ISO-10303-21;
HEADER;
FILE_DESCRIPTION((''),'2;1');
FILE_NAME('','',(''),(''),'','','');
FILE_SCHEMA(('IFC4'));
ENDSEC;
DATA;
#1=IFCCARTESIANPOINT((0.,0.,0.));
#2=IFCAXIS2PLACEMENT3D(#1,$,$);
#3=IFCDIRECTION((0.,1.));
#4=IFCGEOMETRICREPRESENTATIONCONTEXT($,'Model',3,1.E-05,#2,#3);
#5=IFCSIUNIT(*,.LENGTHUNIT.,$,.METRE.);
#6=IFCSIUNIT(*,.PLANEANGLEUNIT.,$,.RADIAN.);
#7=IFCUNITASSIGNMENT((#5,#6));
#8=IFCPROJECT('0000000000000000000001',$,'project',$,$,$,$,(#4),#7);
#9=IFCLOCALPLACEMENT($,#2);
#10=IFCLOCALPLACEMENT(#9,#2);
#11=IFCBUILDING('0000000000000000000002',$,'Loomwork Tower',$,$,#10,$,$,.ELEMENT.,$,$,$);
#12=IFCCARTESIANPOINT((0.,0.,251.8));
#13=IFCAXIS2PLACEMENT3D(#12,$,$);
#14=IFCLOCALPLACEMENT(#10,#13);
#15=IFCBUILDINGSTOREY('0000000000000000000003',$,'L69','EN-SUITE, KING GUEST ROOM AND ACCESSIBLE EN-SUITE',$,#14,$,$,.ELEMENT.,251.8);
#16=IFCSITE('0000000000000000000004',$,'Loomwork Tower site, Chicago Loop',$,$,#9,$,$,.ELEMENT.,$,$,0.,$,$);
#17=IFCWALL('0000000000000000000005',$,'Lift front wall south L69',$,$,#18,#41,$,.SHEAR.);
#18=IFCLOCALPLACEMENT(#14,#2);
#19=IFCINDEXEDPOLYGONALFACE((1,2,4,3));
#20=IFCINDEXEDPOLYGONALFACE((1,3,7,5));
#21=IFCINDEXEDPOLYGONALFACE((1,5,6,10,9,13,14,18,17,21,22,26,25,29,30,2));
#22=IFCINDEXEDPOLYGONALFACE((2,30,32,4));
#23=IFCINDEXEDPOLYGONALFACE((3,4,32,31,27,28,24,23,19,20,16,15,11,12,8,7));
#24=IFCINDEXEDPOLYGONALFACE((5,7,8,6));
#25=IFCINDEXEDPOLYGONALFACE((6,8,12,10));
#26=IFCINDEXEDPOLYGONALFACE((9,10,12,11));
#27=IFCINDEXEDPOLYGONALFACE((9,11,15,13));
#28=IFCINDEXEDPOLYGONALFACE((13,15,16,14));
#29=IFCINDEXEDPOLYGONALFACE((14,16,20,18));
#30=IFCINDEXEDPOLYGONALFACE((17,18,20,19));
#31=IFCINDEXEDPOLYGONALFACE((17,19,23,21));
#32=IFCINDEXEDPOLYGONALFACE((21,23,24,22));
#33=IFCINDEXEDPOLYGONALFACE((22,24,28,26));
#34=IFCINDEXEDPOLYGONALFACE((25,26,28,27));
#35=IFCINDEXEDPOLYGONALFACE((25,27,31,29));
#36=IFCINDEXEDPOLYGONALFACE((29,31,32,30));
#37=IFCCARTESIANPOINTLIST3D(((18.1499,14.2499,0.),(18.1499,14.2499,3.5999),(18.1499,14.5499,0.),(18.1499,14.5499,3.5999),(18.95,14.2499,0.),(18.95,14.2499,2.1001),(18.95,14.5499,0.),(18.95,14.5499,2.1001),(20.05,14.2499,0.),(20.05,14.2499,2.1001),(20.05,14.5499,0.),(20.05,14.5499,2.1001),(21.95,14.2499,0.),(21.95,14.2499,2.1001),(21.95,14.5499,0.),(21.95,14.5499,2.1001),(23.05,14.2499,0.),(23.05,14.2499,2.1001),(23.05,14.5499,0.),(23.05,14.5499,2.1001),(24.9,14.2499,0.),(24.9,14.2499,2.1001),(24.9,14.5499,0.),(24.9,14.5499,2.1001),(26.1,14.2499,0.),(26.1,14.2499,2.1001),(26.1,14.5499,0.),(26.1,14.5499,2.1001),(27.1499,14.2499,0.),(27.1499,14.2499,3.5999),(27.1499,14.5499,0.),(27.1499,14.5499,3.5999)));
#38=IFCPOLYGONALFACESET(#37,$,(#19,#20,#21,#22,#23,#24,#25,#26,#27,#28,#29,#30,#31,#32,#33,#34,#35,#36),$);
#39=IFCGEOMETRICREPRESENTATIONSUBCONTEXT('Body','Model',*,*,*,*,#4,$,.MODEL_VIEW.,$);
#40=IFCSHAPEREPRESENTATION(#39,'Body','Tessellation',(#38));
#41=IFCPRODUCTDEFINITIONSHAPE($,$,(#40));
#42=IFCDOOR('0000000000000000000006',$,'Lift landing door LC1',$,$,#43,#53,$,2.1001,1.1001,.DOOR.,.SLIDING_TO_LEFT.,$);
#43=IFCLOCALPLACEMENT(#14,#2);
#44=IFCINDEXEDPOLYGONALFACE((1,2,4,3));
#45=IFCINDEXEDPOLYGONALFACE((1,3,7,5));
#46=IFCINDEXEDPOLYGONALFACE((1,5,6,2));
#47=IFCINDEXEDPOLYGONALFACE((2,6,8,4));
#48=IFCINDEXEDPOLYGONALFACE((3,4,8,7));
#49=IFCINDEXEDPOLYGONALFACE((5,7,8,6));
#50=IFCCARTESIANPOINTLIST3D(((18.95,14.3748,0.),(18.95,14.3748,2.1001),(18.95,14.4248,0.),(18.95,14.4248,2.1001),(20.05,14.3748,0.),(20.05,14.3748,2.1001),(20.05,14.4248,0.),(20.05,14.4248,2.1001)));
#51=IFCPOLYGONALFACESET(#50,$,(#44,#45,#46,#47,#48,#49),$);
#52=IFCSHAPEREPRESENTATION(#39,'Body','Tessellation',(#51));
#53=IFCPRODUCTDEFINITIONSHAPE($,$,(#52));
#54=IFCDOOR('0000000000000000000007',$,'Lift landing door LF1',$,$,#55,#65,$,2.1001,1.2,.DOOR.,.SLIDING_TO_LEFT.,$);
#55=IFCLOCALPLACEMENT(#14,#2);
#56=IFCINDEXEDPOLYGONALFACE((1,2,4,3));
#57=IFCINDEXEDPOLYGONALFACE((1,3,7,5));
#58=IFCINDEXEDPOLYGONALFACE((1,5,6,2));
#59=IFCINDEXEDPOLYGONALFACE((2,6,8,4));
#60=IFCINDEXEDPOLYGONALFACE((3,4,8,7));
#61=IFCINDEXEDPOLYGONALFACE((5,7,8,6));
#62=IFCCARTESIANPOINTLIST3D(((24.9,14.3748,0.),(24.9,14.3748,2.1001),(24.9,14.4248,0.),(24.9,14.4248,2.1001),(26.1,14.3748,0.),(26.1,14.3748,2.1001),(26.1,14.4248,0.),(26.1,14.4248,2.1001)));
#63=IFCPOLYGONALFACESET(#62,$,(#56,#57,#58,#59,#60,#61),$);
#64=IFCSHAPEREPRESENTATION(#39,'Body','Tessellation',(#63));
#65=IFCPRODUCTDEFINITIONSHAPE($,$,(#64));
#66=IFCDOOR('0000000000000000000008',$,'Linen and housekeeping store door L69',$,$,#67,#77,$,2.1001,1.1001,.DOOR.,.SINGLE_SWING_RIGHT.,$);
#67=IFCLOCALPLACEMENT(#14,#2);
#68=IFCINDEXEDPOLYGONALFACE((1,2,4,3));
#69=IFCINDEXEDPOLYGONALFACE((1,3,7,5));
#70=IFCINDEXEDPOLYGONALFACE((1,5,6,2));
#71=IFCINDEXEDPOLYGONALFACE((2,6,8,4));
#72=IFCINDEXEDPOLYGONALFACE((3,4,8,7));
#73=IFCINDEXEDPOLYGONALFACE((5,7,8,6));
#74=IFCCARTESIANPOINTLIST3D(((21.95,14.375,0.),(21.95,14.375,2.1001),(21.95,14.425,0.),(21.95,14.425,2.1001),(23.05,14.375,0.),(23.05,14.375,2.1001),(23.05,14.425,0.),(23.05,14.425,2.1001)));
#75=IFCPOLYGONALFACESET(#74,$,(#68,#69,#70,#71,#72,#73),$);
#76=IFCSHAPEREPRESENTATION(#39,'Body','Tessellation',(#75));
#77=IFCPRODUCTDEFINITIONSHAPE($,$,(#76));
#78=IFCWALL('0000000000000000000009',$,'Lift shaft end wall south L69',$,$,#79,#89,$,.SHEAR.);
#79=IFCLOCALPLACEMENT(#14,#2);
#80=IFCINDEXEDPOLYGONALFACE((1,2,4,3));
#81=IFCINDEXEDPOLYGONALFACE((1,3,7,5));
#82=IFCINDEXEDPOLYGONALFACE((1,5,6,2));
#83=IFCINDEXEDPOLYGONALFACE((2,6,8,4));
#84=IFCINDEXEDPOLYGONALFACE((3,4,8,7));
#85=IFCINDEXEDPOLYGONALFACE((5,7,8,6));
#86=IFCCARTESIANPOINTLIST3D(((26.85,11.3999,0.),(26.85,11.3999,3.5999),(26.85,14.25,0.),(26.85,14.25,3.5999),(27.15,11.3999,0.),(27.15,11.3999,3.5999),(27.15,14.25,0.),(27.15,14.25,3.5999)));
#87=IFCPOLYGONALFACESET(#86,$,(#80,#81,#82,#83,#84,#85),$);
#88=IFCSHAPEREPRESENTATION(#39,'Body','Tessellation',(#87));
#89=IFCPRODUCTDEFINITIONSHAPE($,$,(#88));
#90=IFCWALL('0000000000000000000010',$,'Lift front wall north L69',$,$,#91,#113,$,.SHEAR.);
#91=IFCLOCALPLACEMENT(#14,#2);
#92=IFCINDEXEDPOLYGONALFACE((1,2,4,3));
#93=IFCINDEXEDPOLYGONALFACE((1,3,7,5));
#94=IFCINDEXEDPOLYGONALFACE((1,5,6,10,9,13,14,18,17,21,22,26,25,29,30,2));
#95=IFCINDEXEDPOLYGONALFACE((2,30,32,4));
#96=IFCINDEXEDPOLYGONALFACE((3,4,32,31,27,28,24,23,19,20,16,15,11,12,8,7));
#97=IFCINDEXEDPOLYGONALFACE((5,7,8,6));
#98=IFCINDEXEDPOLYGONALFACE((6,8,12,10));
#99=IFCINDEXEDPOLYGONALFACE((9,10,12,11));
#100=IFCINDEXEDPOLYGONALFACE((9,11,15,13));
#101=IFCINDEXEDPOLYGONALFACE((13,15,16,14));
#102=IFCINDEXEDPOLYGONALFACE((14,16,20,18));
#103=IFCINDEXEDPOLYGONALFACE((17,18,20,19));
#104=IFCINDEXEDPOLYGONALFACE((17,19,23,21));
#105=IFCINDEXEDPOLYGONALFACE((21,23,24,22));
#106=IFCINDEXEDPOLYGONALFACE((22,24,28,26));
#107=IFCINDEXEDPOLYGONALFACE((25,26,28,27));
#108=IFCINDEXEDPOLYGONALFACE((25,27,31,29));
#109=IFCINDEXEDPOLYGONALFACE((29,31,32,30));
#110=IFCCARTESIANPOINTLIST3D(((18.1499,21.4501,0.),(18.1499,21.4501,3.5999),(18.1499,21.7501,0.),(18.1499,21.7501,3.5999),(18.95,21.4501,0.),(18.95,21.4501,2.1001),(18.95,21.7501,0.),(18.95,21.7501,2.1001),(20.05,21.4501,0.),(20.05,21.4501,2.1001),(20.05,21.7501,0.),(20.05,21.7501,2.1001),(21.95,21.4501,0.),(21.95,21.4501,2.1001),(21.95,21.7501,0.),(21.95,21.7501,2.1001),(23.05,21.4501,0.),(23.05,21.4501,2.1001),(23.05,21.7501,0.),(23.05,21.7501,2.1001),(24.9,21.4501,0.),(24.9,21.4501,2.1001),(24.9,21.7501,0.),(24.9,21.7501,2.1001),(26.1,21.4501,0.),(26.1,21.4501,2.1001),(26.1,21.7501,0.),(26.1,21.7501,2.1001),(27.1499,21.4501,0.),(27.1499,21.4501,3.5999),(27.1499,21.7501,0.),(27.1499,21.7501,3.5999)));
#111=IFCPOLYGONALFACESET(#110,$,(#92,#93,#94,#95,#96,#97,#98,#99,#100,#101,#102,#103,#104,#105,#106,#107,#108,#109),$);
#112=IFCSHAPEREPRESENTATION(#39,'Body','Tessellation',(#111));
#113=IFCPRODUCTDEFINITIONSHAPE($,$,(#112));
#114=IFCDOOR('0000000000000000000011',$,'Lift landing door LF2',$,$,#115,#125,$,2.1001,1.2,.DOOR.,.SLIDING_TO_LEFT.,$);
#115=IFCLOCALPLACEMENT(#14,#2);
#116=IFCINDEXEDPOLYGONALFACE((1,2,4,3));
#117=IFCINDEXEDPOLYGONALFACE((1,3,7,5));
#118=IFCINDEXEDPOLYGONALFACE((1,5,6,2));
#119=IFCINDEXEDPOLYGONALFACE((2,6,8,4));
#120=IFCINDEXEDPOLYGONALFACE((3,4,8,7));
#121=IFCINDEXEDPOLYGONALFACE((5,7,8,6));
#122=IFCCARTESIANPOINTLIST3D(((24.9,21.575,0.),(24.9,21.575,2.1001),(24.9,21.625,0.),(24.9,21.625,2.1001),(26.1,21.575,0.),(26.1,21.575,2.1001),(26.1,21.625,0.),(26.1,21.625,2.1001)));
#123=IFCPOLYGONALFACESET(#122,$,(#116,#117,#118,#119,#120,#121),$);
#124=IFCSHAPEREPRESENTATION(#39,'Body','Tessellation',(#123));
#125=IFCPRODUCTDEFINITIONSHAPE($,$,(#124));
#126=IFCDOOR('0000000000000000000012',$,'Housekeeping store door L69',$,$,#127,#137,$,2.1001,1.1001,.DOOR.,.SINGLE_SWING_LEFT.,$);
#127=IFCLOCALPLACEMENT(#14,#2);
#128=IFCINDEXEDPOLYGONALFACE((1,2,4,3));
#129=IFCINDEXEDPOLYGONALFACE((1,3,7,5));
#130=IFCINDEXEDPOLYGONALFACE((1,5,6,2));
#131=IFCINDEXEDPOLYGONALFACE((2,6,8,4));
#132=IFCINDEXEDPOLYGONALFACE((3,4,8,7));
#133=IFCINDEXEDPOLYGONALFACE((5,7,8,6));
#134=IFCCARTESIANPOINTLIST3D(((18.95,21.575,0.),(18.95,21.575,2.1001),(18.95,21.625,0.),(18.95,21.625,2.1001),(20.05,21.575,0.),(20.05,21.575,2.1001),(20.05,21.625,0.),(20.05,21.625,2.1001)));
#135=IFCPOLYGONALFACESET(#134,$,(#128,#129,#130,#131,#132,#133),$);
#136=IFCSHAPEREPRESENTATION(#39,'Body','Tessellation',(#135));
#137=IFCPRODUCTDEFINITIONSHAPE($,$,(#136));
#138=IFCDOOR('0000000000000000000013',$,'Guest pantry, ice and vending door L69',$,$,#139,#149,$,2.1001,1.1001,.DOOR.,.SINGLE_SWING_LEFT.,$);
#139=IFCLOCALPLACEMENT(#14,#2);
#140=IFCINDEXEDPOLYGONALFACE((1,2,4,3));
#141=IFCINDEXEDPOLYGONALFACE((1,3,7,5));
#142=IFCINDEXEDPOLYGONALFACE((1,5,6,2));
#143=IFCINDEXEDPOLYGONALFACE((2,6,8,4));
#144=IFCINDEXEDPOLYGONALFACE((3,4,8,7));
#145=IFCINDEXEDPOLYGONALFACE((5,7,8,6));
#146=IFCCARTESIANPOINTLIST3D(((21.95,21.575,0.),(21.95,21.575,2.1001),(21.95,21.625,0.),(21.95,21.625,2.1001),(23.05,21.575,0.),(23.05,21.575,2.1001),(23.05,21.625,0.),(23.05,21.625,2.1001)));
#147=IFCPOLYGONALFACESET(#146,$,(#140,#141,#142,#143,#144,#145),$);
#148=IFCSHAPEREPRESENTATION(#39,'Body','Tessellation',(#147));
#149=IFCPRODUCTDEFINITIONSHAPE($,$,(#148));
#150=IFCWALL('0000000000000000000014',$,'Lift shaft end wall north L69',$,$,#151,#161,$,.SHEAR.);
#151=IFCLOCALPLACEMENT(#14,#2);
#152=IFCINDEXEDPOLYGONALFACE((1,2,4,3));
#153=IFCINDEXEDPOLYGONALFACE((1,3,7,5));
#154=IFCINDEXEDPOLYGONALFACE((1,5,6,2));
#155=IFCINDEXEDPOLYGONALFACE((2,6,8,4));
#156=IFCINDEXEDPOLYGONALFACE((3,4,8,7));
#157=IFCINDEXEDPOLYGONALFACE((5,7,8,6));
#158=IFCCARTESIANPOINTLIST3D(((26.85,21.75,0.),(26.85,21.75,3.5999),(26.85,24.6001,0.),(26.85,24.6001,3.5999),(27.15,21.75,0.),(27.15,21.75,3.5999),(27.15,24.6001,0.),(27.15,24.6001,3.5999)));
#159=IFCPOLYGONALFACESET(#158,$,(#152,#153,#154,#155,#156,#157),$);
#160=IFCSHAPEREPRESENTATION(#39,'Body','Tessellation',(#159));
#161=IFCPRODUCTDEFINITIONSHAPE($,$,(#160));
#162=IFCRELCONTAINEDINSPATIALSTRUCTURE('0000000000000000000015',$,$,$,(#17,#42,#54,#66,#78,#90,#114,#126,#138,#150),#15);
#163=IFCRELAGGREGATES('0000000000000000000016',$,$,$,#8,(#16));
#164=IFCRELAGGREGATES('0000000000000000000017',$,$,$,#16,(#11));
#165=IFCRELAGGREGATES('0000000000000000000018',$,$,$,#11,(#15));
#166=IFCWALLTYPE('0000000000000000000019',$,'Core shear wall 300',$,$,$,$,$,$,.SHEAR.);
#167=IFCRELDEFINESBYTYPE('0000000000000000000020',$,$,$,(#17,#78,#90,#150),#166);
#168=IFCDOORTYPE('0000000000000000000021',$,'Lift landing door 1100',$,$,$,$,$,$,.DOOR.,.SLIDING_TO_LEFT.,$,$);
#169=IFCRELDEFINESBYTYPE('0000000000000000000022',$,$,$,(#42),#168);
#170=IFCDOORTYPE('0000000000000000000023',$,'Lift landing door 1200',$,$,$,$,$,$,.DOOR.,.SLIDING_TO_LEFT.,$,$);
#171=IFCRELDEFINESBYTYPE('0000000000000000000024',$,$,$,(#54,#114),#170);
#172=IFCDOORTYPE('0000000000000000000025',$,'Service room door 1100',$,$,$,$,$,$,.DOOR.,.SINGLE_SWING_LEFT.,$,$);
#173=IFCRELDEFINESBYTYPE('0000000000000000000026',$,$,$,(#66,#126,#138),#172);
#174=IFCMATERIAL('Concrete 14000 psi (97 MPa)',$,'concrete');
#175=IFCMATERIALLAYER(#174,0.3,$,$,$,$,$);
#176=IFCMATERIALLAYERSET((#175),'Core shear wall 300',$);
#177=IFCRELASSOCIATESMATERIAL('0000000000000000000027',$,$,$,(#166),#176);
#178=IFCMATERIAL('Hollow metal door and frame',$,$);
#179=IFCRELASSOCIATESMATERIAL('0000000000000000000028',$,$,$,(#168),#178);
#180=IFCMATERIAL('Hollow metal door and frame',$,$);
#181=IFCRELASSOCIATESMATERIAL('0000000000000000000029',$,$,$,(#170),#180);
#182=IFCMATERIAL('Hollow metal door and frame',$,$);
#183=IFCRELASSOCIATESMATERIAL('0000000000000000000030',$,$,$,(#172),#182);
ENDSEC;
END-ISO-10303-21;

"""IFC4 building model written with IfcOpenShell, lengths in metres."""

from ifc_helpers import new_model, si_unit, direction, frame, frame_2d, origin, place, context, subcontext, project, spatial, rectangle, extrude, material, layer, layer_set, type_object, element, fill, save


model = new_model("IFC4")

# Units and contexts
model_context = context("Model", 3, precision=1e-05, world=origin(), true_north=direction((0.0, 1.0)))
body_context = subcontext(model_context, "Body", "Model", "MODEL_VIEW")
ifc_project = project(units=[si_unit("LENGTHUNIT", "METRE"), si_unit("PLANEANGLEUNIT", "RADIAN")], contexts=[model_context])

# Site, building, storey
site_placement = place(None, origin())
site = spatial("IfcSite", under=ifc_project, at=site_placement, Name="Loomwork Tower site, Chicago Loop", CompositionType="ELEMENT", RefElevation=0.0)
building_placement = place(site_placement, origin())
building = spatial("IfcBuilding", under=site, at=building_placement, Name="Loomwork Tower", CompositionType="ELEMENT")
storey_placement = place(building_placement, frame((0.0, 0.0, 251.8)))
storey = spatial("IfcBuildingStorey", under=building, at=storey_placement, Name="L69", Description="EN-SUITE, KING GUEST ROOM AND ACCESSIBLE EN-SUITE", CompositionType="ELEMENT", Elevation=251.8)

# Shared definitions
ifc_material_1 = material(Name="Concrete 14000 psi (97 MPa)", Category="concrete")
ifc_layer_1 = layer(ifc_material_1, 0.3)
ifc_layer_set_1 = layer_set([ifc_layer_1], Name="Core shear wall 300")
wall_type_1 = type_object("IfcWallType", Name="Core shear wall 300", PredefinedType="SHEAR", material=ifc_layer_set_1)

# Wall, openings, doors
ifc_material_2 = material(Name="Hollow metal door and frame")
door_type_1 = type_object("IfcDoorType", Name="Lift landing door 1100", OperationType="SLIDING_TO_LEFT", PredefinedType="DOOR", material=ifc_material_2)
wall_1_placement = place(storey_placement, frame((18.1499, 14.3999, 0.0), z_axis=(0.0, 0.0, 1.0), x_axis=(1.0, 0.0, 0.0)))
wall_1 = element("IfcWall", 1, at=wall_1_placement, inside=storey, type_object=wall_type_1, Name="Lift front wall south L69", PredefinedType="SHEAR", context=body_context, shape_type="SweptSolid", body=[
    extrude(rectangle(XDim=9.0, YDim=0.3, at=frame_2d((4.5, 0.0))), origin(), (0.0, 0.0, 1.0), 3.5999),
])
opening_1_placement = place(wall_1_placement, frame((0.8, 0.0, 0.0)))
opening_1 = element("IfcOpeningElement", 2, at=opening_1_placement, cuts=wall_1, PredefinedType="OPENING", context=body_context, shape_type="SweptSolid", body=[
    extrude(rectangle(XDim=1.1001, YDim=2.1001, at=frame_2d((0.55, 1.05))), frame((0.0, 0.1599, 0.0), z_axis=(0.0, -1.0, 0.0), x_axis=(1.0, 0.0, 0.0)), (0.0, 0.0, 1.0), 0.3201),
])
opening_2_placement = place(wall_1_placement, frame((6.75, 0.0, 0.0)))
opening_2 = element("IfcOpeningElement", 3, at=opening_2_placement, cuts=wall_1, PredefinedType="OPENING", context=body_context, shape_type="SweptSolid", body=[
    extrude(rectangle(XDim=1.2, YDim=2.1001, at=frame_2d((0.6001, 1.05))), frame((0.0, 0.1599, 0.0), z_axis=(0.0, -1.0, 0.0), x_axis=(1.0, 0.0, 0.0)), (0.0, 0.0, 1.0), 0.3201),
])
opening_3_placement = place(wall_1_placement, frame((3.8, 0.0, 0.0)))
opening_3 = element("IfcOpeningElement", 4, at=opening_3_placement, cuts=wall_1, PredefinedType="OPENING", context=body_context, shape_type="SweptSolid", body=[
    extrude(rectangle(XDim=1.1001, YDim=2.1001, at=frame_2d((0.55, 1.05))), frame((0.0, 0.1599, 0.0), z_axis=(0.0, -1.0, 0.0), x_axis=(1.0, 0.0, 0.0)), (0.0, 0.0, 1.0), 0.3201),
])
door_1_placement = place(opening_1_placement, origin())
door_1 = element("IfcDoor", 5, at=door_1_placement, inside=storey, type_object=door_type_1, Name="Lift landing door LC1", OperationType="SLIDING_TO_LEFT", OverallHeight=2.1001, OverallWidth=1.1001, PredefinedType="DOOR", context=body_context, shape_type="SweptSolid", body=[
    extrude(rectangle(XDim=1.1001, YDim=2.1001, at=frame_2d((0.55, 1.05))), frame((0.0, 0.0249, 0.0), z_axis=(0.0, -1.0, 0.0), x_axis=(1.0, 0.0, 0.0)), (0.0, 0.0, 1.0), 0.05),
])
fill(opening_1, door_1)
ifc_material_3 = material(Name="Hollow metal door and frame")
door_type_2 = type_object("IfcDoorType", Name="Lift landing door 1200", OperationType="SLIDING_TO_LEFT", PredefinedType="DOOR", material=ifc_material_3)
door_2_placement = place(opening_2_placement, origin())
door_2 = element("IfcDoor", 6, at=door_2_placement, inside=storey, type_object=door_type_2, Name="Lift landing door LF1", OperationType="SLIDING_TO_LEFT", OverallHeight=2.1001, OverallWidth=1.2, PredefinedType="DOOR", context=body_context, shape_type="SweptSolid", body=[
    extrude(rectangle(XDim=1.2, YDim=2.1001, at=frame_2d((0.6001, 1.05))), frame((0.0, 0.0249, 0.0), z_axis=(0.0, -1.0, 0.0), x_axis=(1.0, 0.0, 0.0)), (0.0, 0.0, 1.0), 0.05),
])
fill(opening_2, door_2)
ifc_material_4 = material(Name="Hollow metal door and frame")
door_type_3 = type_object("IfcDoorType", Name="Service room door 1100", OperationType="SINGLE_SWING_LEFT", PredefinedType="DOOR", material=ifc_material_4)
door_3_placement = place(opening_3_placement, frame((1.1001, 0.0, 0.0), z_axis=(0.0, 0.0, 1.0), x_axis=(-1.0, 0.0, 0.0)))
door_3 = element("IfcDoor", 7, at=door_3_placement, inside=storey, type_object=door_type_3, Name="Linen and housekeeping store door L69", OperationType="SINGLE_SWING_RIGHT", OverallHeight=2.1001, OverallWidth=1.1001, PredefinedType="DOOR", context=body_context, shape_type="SweptSolid", body=[
    extrude(rectangle(XDim=1.1001, YDim=2.1001, at=frame_2d((0.55, 1.05))), frame((0.0, 0.0249, 0.0), z_axis=(0.0, -1.0, 0.0), x_axis=(1.0, 0.0, 0.0)), (0.0, 0.0, 1.0), 0.05),
])
fill(opening_3, door_3)

# Wall
wall_2_placement = place(storey_placement, frame((27.0, 11.3999, 0.0), z_axis=(0.0, 0.0, 1.0), x_axis=(0.0, 1.0, 0.0)))
element("IfcWall", 8, at=wall_2_placement, inside=storey, type_object=wall_type_1, Name="Lift shaft end wall south L69", PredefinedType="SHEAR", context=body_context, shape_type="SweptSolid", body=[
    extrude(rectangle(XDim=2.8501, YDim=0.3, at=frame_2d((1.425, 0.0))), origin(), (0.0, 0.0, 1.0), 3.5999),
])

# Wall, openings, doors
wall_3_placement = place(storey_placement, frame((18.1499, 21.6001, 0.0), z_axis=(0.0, 0.0, 1.0), x_axis=(1.0, 0.0, 0.0)))
wall_3 = element("IfcWall", 9, at=wall_3_placement, inside=storey, type_object=wall_type_1, Name="Lift front wall north L69", PredefinedType="SHEAR", context=body_context, shape_type="SweptSolid", body=[
    extrude(rectangle(XDim=9.0, YDim=0.3, at=frame_2d((4.5, 0.0))), origin(), (0.0, 0.0, 1.0), 3.5999),
])
opening_4_placement = place(wall_3_placement, frame((6.75, 0.0, 0.0)))
opening_4 = element("IfcOpeningElement", 10, at=opening_4_placement, cuts=wall_3, PredefinedType="OPENING", context=body_context, shape_type="SweptSolid", body=[
    extrude(rectangle(XDim=1.2, YDim=2.1001, at=frame_2d((0.6001, 1.05))), frame((0.0, 0.1599, 0.0), z_axis=(0.0, -1.0, 0.0), x_axis=(1.0, 0.0, 0.0)), (0.0, 0.0, 1.0), 0.3201),
])
opening_5_placement = place(wall_3_placement, frame((0.8, 0.0, 0.0)))
opening_5 = element("IfcOpeningElement", 11, at=opening_5_placement, cuts=wall_3, PredefinedType="OPENING", context=body_context, shape_type="SweptSolid", body=[
    extrude(rectangle(XDim=1.1001, YDim=2.1001, at=frame_2d((0.55, 1.05))), frame((0.0, 0.1599, 0.0), z_axis=(0.0, -1.0, 0.0), x_axis=(1.0, 0.0, 0.0)), (0.0, 0.0, 1.0), 0.3201),
])
opening_6_placement = place(wall_3_placement, frame((3.8, 0.0, 0.0)))
opening_6 = element("IfcOpeningElement", 12, at=opening_6_placement, cuts=wall_3, PredefinedType="OPENING", context=body_context, shape_type="SweptSolid", body=[
    extrude(rectangle(XDim=1.1001, YDim=2.1001, at=frame_2d((0.55, 1.05))), frame((0.0, 0.1599, 0.0), z_axis=(0.0, -1.0, 0.0), x_axis=(1.0, 0.0, 0.0)), (0.0, 0.0, 1.0), 0.3201),
])
door_4_placement = place(opening_4_placement, origin())
door_4 = element("IfcDoor", 13, at=door_4_placement, inside=storey, type_object=door_type_2, Name="Lift landing door LF2", OperationType="SLIDING_TO_LEFT", OverallHeight=2.1001, OverallWidth=1.2, PredefinedType="DOOR", context=body_context, shape_type="SweptSolid", body=[
    extrude(rectangle(XDim=1.2, YDim=2.1001, at=frame_2d((0.6001, 1.05))), frame((0.0, 0.0249, 0.0), z_axis=(0.0, -1.0, 0.0), x_axis=(1.0, 0.0, 0.0)), (0.0, 0.0, 1.0), 0.05),
])
fill(opening_4, door_4)
door_5_placement = place(opening_5_placement, origin())
door_5 = element("IfcDoor", 14, at=door_5_placement, inside=storey, type_object=door_type_3, Name="Housekeeping store door L69", OperationType="SINGLE_SWING_LEFT", OverallHeight=2.1001, OverallWidth=1.1001, PredefinedType="DOOR", context=body_context, shape_type="SweptSolid", body=[
    extrude(rectangle(XDim=1.1001, YDim=2.1001, at=frame_2d((0.55, 1.05))), frame((0.0, 0.0249, 0.0), z_axis=(0.0, -1.0, 0.0), x_axis=(1.0, 0.0, 0.0)), (0.0, 0.0, 1.0), 0.05),
])
fill(opening_5, door_5)
door_6_placement = place(opening_6_placement, origin())
door_6 = element("IfcDoor", 15, at=door_6_placement, inside=storey, type_object=door_type_3, Name="Guest pantry, ice and vending door L69", OperationType="SINGLE_SWING_LEFT", OverallHeight=2.1001, OverallWidth=1.1001, PredefinedType="DOOR", context=body_context, shape_type="SweptSolid", body=[
    extrude(rectangle(XDim=1.1001, YDim=2.1001, at=frame_2d((0.55, 1.05))), frame((0.0, 0.0249, 0.0), z_axis=(0.0, -1.0, 0.0), x_axis=(1.0, 0.0, 0.0)), (0.0, 0.0, 1.0), 0.05),
])
fill(opening_6, door_6)

# Wall
wall_4_placement = place(storey_placement, frame((27.0, 21.75, 0.0), z_axis=(0.0, 0.0, 1.0), x_axis=(0.0, 1.0, 0.0)))
element("IfcWall", 16, at=wall_4_placement, inside=storey, type_object=wall_type_1, Name="Lift shaft end wall north L69", PredefinedType="SHEAR", context=body_context, shape_type="SweptSolid", body=[
    extrude(rectangle(XDim=2.8501, YDim=0.3, at=frame_2d((1.425, 0.0))), origin(), (0.0, 0.0, 1.0), 3.5999),
])

save(model, "model.ifc")
